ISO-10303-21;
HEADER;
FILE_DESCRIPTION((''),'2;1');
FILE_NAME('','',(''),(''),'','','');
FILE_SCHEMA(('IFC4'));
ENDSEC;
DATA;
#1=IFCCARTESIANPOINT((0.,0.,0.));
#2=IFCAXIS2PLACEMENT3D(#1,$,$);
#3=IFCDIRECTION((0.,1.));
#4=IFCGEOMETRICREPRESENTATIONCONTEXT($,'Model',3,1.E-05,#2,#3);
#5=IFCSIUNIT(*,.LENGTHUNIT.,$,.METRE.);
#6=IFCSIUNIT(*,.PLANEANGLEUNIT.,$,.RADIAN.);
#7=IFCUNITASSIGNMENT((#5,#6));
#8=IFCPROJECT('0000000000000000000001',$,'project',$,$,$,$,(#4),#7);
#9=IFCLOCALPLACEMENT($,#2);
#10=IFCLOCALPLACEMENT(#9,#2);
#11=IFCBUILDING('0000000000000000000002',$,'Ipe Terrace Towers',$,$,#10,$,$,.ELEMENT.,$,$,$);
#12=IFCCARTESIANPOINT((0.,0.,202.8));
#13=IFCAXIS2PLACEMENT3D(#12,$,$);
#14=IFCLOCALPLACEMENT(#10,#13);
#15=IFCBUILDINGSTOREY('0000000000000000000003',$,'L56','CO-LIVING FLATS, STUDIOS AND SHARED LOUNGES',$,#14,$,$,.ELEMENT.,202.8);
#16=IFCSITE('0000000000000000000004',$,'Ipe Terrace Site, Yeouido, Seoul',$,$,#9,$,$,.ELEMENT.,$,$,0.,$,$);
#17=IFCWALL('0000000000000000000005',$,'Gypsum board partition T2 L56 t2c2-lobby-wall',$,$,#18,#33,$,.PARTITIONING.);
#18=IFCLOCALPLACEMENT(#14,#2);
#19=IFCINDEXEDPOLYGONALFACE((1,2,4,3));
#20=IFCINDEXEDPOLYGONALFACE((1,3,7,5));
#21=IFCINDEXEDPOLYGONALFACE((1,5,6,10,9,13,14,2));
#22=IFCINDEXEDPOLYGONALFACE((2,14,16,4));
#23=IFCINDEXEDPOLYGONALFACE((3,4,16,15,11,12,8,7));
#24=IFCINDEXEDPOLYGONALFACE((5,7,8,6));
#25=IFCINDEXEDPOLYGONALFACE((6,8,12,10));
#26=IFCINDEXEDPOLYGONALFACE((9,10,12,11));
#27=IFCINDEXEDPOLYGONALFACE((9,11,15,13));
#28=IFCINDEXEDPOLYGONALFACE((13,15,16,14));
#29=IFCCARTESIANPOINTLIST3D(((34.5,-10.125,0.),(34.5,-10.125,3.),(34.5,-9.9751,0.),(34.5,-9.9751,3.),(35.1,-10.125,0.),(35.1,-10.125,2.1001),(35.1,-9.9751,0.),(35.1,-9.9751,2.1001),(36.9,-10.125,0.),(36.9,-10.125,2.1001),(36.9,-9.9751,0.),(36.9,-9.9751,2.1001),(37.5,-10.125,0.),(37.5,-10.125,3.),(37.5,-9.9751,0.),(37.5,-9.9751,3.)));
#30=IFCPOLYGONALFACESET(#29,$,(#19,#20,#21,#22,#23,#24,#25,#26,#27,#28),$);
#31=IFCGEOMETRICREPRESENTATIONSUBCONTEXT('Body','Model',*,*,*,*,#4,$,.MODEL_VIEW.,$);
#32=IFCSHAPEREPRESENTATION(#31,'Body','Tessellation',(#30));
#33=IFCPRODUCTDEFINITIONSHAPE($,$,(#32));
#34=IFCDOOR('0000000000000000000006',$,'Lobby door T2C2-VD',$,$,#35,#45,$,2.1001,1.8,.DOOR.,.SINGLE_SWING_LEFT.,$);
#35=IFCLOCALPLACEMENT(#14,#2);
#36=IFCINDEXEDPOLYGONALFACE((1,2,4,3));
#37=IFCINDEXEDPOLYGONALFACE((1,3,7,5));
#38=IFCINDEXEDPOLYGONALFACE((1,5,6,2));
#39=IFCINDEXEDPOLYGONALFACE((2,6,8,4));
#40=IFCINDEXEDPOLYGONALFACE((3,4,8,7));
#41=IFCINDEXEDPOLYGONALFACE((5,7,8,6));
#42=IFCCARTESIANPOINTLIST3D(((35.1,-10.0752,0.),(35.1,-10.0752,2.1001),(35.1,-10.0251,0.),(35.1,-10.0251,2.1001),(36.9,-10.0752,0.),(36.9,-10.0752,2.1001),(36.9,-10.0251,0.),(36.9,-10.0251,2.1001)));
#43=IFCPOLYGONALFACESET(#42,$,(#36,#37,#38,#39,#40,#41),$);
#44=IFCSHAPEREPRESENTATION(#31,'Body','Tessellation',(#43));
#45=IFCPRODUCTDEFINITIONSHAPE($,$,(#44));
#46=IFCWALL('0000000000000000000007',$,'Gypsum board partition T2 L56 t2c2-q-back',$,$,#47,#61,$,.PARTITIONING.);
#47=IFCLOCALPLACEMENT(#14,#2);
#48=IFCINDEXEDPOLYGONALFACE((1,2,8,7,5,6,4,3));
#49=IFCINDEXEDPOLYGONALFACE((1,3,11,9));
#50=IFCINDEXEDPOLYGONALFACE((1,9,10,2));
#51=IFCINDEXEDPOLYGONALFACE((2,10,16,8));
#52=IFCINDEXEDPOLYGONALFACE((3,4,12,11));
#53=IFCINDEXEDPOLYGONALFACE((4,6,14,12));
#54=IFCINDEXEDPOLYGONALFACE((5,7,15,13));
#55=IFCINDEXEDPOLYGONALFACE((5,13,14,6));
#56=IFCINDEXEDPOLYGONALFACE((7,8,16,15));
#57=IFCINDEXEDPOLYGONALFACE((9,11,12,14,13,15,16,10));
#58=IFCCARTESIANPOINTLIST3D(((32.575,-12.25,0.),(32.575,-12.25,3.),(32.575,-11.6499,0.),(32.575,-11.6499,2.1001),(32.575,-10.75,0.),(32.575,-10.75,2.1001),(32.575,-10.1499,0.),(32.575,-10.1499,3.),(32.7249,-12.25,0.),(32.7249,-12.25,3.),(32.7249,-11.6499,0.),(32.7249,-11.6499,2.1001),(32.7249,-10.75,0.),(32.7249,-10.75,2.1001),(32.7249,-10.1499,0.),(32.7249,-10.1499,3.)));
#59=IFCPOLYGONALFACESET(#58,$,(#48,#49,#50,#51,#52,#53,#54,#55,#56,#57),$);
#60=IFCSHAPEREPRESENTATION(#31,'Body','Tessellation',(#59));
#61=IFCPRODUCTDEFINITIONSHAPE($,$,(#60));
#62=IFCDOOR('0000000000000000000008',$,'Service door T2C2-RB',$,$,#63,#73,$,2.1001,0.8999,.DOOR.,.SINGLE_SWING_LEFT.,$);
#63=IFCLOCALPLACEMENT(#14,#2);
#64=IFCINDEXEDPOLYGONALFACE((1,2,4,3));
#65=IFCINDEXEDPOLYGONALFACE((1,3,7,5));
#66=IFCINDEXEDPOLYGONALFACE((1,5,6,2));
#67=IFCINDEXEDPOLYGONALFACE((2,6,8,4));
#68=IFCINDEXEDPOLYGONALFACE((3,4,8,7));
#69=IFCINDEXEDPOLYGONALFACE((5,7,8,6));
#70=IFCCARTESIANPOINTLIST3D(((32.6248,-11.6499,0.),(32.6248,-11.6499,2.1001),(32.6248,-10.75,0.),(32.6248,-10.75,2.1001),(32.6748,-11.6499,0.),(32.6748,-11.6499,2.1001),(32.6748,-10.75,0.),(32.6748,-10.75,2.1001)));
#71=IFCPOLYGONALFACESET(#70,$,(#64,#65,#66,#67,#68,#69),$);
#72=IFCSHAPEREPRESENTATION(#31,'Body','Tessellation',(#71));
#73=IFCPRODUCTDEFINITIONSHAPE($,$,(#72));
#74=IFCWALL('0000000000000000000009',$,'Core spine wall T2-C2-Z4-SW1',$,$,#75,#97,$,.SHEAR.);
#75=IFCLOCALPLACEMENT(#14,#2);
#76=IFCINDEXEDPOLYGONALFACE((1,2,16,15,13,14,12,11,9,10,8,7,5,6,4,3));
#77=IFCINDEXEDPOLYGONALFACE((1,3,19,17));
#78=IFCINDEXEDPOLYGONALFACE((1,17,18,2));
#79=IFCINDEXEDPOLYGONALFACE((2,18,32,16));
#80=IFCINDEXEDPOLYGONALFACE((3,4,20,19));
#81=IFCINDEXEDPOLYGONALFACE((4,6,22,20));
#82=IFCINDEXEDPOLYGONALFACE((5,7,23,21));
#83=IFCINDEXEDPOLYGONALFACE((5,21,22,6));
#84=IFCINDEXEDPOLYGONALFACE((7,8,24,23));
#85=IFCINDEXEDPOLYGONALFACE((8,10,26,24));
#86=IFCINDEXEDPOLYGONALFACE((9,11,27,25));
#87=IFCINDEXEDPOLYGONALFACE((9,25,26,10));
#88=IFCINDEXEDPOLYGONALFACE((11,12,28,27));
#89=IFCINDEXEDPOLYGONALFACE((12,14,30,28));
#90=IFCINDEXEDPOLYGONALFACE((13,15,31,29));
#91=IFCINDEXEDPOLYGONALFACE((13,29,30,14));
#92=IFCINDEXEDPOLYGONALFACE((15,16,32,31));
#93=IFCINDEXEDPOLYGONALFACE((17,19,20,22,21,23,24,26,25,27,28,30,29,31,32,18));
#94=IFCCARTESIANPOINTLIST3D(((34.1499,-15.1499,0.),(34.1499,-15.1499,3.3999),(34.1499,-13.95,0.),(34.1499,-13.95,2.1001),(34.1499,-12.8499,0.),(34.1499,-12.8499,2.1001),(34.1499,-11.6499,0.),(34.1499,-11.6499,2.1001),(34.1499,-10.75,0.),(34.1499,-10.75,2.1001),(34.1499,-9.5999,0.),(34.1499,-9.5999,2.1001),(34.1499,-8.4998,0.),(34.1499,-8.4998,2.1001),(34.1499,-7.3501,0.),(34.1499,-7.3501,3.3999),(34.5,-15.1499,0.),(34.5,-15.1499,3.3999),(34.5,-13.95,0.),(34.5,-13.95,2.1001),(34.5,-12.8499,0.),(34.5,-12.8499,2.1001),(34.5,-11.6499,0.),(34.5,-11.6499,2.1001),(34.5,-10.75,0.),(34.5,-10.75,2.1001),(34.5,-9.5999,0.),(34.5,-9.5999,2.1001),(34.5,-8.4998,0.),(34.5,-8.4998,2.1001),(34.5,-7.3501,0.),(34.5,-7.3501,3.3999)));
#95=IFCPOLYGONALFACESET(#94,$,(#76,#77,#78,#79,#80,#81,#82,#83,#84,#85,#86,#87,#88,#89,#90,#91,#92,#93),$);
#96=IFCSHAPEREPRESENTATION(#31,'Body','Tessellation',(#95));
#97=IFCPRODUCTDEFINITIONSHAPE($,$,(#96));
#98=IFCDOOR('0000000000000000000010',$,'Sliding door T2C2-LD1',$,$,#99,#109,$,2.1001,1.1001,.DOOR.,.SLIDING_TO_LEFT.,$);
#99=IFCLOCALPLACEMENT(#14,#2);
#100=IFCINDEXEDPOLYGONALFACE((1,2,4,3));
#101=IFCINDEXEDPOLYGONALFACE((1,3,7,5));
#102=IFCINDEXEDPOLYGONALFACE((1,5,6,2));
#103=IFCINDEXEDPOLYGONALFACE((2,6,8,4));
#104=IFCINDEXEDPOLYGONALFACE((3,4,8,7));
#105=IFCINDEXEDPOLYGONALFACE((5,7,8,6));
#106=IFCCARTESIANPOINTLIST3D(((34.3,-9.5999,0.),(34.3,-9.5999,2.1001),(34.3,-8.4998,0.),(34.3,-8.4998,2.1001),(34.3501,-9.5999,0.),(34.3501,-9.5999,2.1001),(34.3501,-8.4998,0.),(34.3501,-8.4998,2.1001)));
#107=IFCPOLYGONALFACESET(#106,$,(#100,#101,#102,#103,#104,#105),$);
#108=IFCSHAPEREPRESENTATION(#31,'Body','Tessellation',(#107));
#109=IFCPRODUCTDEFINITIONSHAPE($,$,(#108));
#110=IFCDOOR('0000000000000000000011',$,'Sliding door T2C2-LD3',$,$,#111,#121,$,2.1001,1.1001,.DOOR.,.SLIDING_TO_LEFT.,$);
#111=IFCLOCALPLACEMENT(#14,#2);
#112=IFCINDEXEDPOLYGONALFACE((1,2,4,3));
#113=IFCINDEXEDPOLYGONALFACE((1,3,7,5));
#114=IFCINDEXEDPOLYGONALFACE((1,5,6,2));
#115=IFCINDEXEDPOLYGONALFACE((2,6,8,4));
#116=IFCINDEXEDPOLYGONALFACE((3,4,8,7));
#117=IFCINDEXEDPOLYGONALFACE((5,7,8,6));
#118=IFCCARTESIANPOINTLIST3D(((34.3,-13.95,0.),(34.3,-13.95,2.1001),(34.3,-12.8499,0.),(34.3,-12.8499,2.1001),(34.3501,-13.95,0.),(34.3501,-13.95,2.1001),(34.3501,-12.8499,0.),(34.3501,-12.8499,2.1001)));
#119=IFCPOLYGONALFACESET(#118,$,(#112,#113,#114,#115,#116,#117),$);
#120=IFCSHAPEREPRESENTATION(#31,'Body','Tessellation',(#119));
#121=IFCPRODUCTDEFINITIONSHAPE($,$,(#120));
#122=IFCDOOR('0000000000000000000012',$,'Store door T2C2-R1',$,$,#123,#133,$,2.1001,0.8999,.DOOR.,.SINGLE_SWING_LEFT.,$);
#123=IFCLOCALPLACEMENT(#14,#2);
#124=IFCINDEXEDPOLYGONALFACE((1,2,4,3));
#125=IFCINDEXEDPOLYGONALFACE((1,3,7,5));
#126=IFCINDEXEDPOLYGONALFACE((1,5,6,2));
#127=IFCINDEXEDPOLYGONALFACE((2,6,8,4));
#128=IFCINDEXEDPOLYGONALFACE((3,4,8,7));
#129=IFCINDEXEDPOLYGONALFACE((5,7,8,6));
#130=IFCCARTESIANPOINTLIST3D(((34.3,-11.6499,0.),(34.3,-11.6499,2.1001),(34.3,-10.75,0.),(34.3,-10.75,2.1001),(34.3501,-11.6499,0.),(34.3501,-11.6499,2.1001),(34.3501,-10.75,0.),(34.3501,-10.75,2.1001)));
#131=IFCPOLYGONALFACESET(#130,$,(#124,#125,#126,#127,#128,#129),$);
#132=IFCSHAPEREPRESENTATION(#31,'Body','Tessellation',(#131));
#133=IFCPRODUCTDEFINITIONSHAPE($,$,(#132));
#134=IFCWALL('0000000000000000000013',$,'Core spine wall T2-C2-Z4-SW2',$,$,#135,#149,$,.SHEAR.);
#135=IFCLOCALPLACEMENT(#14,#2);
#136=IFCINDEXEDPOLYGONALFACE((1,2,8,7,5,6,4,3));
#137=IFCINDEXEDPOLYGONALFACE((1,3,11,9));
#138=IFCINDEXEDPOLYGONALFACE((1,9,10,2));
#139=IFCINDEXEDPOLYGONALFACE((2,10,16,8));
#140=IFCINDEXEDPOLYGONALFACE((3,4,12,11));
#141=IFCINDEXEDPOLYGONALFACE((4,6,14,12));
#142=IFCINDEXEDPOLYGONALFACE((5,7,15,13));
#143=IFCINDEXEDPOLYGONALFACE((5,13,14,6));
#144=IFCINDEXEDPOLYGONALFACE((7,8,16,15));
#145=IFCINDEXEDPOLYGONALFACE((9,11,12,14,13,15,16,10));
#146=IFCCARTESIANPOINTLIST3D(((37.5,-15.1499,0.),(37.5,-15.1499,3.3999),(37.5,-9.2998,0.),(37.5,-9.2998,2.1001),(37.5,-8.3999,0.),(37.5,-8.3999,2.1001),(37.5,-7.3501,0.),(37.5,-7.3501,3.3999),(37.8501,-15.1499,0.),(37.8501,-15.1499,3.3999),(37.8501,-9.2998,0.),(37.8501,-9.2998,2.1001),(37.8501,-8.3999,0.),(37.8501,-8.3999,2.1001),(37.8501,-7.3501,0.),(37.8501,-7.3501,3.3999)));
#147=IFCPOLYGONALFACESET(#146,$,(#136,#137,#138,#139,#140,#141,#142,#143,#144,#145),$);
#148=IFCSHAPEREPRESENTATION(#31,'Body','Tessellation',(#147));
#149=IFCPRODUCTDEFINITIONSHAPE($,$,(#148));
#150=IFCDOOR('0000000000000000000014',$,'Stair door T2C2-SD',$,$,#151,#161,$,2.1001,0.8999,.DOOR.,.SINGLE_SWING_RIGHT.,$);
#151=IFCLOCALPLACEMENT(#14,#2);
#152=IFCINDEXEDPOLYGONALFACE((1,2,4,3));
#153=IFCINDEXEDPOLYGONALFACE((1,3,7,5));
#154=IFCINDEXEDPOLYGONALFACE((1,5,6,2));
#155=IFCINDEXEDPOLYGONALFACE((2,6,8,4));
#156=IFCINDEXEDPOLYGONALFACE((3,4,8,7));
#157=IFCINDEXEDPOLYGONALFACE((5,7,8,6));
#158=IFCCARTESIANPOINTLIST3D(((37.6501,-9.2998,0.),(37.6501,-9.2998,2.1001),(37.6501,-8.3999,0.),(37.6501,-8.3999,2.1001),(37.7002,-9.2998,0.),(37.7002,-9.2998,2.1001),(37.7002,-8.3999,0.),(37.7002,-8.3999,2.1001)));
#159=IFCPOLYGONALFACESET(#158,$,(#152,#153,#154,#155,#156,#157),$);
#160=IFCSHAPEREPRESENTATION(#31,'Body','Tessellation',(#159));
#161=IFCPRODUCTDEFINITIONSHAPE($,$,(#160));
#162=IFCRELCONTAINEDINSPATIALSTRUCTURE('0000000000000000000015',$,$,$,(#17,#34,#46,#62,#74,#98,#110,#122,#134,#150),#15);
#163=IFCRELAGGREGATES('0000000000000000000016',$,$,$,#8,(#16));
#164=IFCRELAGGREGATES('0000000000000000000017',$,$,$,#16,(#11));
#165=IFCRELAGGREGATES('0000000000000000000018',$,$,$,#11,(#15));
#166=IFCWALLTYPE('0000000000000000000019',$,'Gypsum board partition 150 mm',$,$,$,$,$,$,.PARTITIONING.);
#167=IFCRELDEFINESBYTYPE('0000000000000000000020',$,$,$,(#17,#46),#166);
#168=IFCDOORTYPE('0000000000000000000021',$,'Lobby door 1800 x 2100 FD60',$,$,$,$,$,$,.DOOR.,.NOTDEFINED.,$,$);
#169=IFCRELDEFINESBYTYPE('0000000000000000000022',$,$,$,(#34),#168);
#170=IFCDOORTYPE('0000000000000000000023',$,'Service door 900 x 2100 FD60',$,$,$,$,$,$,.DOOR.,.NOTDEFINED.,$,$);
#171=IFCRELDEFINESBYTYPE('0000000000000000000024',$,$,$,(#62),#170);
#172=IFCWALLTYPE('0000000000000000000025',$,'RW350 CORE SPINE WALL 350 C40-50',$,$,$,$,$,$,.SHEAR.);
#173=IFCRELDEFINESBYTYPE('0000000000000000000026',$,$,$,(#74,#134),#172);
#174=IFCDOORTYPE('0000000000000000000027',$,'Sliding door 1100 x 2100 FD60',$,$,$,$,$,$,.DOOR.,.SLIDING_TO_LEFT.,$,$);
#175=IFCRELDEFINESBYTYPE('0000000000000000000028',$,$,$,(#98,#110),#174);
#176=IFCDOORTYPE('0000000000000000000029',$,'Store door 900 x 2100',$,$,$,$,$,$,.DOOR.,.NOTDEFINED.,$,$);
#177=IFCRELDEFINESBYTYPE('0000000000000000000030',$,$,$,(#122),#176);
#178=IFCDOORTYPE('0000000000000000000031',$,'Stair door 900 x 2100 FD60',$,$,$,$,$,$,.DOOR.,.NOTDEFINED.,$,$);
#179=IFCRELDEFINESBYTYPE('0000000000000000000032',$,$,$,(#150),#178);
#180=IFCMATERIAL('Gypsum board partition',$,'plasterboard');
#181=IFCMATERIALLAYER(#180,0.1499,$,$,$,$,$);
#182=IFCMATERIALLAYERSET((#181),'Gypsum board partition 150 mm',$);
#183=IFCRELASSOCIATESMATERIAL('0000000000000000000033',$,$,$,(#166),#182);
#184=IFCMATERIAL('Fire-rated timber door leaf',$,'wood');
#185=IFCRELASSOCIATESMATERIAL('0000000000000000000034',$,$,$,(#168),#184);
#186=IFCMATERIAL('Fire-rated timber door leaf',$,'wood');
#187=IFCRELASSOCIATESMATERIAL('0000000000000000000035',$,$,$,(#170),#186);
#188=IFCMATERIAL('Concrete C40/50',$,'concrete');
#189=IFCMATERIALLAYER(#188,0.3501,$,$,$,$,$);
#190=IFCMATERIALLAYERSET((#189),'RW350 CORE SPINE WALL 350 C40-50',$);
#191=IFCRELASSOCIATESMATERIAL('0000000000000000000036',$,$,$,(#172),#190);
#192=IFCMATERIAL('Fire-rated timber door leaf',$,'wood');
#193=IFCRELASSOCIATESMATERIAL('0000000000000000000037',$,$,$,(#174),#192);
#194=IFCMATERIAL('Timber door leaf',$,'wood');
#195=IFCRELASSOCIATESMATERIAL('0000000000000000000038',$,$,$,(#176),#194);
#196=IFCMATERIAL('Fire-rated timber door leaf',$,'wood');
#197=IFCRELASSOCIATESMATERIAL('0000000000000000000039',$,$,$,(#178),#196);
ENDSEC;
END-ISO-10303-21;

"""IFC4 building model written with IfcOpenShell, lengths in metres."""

from ifc_helpers import new_model, si_unit, direction, frame, frame_2d, origin, place, context, subcontext, project, spatial, rectangle, extrude, material, layer, layer_set, type_object, element, fill, save


model = new_model("IFC4")

# Units and contexts
model_context = context("Model", 3, precision=1e-05, world=origin(), true_north=direction((0.0, 1.0)))
body_context = subcontext(model_context, "Body", "Model", "MODEL_VIEW")
ifc_project = project(units=[si_unit("LENGTHUNIT", "METRE"), si_unit("PLANEANGLEUNIT", "RADIAN")], contexts=[model_context])

# Site, building, storey
site_placement = place(None, origin())
site = spatial("IfcSite", under=ifc_project, at=site_placement, Name="Ipe Terrace Site, Yeouido, Seoul", CompositionType="ELEMENT", RefElevation=0.0)
building_placement = place(site_placement, origin())
building = spatial("IfcBuilding", under=site, at=building_placement, Name="Ipe Terrace Towers", CompositionType="ELEMENT")
storey_placement = place(building_placement, frame((0.0, 0.0, 202.8)))
storey = spatial("IfcBuildingStorey", under=building, at=storey_placement, Name="L56", Description="CO-LIVING FLATS, STUDIOS AND SHARED LOUNGES", CompositionType="ELEMENT", Elevation=202.8)

# Walls, openings, doors
ifc_material_1 = material(Name="Gypsum board partition", Category="plasterboard")
ifc_layer_1 = layer(ifc_material_1, 0.1499)
ifc_layer_set_1 = layer_set([ifc_layer_1], Name="Gypsum board partition 150 mm")
wall_type_1 = type_object("IfcWallType", Name="Gypsum board partition 150 mm", PredefinedType="PARTITIONING", material=ifc_layer_set_1)
wall_1_placement = place(storey_placement, frame((34.5, -10.05, 0.0), z_axis=(0.0, 0.0, 1.0), x_axis=(1.0, 0.0, 0.0)))
wall_1 = element("IfcWall", 1, at=wall_1_placement, inside=storey, type_object=wall_type_1, Name="Gypsum board partition T2 L56 t2c2-lobby-wall", PredefinedType="PARTITIONING", context=body_context, shape_type="SweptSolid", body=[
    extrude(rectangle(XDim=3.0, YDim=0.1499, at=frame_2d((1.5, 0.0))), origin(), (0.0, 0.0, 1.0), 3.0),
])
opening_1_placement = place(wall_1_placement, frame((0.6001, 0.0, 0.0)))
opening_1 = element("IfcOpeningElement", 2, at=opening_1_placement, cuts=wall_1, PredefinedType="OPENING", context=body_context, shape_type="SweptSolid", body=[
    extrude(rectangle(XDim=1.8, YDim=2.1001, at=frame_2d((0.8999, 1.05))), frame((0.0, 0.085, 0.0), z_axis=(0.0, -1.0, 0.0), x_axis=(1.0, 0.0, 0.0)), (0.0, 0.0, 1.0), 0.1699),
])
ifc_material_2 = material(Name="Fire-rated timber door leaf", Category="wood")
door_type_1 = type_object("IfcDoorType", Name="Lobby door 1800 x 2100 FD60", OperationType="NOTDEFINED", PredefinedType="DOOR", material=ifc_material_2)
door_1_placement = place(opening_1_placement, origin())
door_1 = element("IfcDoor", 3, at=door_1_placement, inside=storey, type_object=door_type_1, Name="Lobby door T2C2-VD", OperationType="SINGLE_SWING_LEFT", OverallHeight=2.1001, OverallWidth=1.8, PredefinedType="DOOR", context=body_context, shape_type="SweptSolid", body=[
    extrude(rectangle(XDim=1.8, YDim=2.1001, at=frame_2d((0.8999, 1.05))), frame((0.0, 0.0249, 0.0), z_axis=(0.0, -1.0, 0.0), x_axis=(1.0, 0.0, 0.0)), (0.0, 0.0, 1.0), 0.05),
])
fill(opening_1, door_1)
wall_2_placement = place(storey_placement, frame((32.6499, -10.1499, 0.0), z_axis=(0.0, 0.0, 1.0), x_axis=(0.0, -1.0, 0.0)))
wall_2 = element("IfcWall", 4, at=wall_2_placement, inside=storey, type_object=wall_type_1, Name="Gypsum board partition T2 L56 t2c2-q-back", PredefinedType="PARTITIONING", context=body_context, shape_type="SweptSolid", body=[
    extrude(rectangle(XDim=2.1001, YDim=0.1499, at=frame_2d((1.05, 0.0))), origin(), (0.0, 0.0, 1.0), 3.0),
])
opening_2_placement = place(wall_2_placement, frame((0.6001, 0.0, 0.0)))
opening_2 = element("IfcOpeningElement", 5, at=opening_2_placement, cuts=wall_2, PredefinedType="OPENING", context=body_context, shape_type="SweptSolid", body=[
    extrude(rectangle(XDim=0.8999, YDim=2.1001, at=frame_2d((0.45, 1.05))), frame((0.0, 0.085, 0.0), z_axis=(0.0, -1.0, 0.0), x_axis=(1.0, 0.0, 0.0)), (0.0, 0.0, 1.0), 0.1699),
])
ifc_material_3 = material(Name="Fire-rated timber door leaf", Category="wood")
door_type_2 = type_object("IfcDoorType", Name="Service door 900 x 2100 FD60", OperationType="NOTDEFINED", PredefinedType="DOOR", material=ifc_material_3)
door_2_placement = place(opening_2_placement, origin())
door_2 = element("IfcDoor", 6, at=door_2_placement, inside=storey, type_object=door_type_2, Name="Service door T2C2-RB", OperationType="SINGLE_SWING_LEFT", OverallHeight=2.1001, OverallWidth=0.8999, PredefinedType="DOOR", context=body_context, shape_type="SweptSolid", body=[
    extrude(rectangle(XDim=0.8999, YDim=2.1001, at=frame_2d((0.45, 1.05))), frame((0.0, 0.0249, 0.0), z_axis=(0.0, -1.0, 0.0), x_axis=(1.0, 0.0, 0.0)), (0.0, 0.0, 1.0), 0.05),
])
fill(opening_2, door_2)

# Wall, openings, doors
ifc_material_4 = material(Name="Concrete C40/50", Category="concrete")
ifc_layer_2 = layer(ifc_material_4, 0.3501)
ifc_layer_set_2 = layer_set([ifc_layer_2], Name="RW350 CORE SPINE WALL 350 C40-50")
wall_type_2 = type_object("IfcWallType", Name="RW350 CORE SPINE WALL 350 C40-50", PredefinedType="SHEAR", material=ifc_layer_set_2)
wall_3_placement = place(storey_placement, frame((34.325, -15.1499, 0.0), z_axis=(0.0, 0.0, 1.0), x_axis=(0.0, 1.0, 0.0)))
wall_3 = element("IfcWall", 7, at=wall_3_placement, inside=storey, type_object=wall_type_2, Name="Core spine wall T2-C2-Z4-SW1", PredefinedType="SHEAR", context=body_context, shape_type="SweptSolid", body=[
    extrude(rectangle(XDim=7.7998, YDim=0.3501, at=frame_2d((3.8999, 0.0))), origin(), (0.0, 0.0, 1.0), 3.3999),
])
opening_3_placement = place(wall_3_placement, frame((5.55, 0.0, 0.0)))
opening_3 = element("IfcOpeningElement", 8, at=opening_3_placement, cuts=wall_3, PredefinedType="OPENING", context=body_context, shape_type="SweptSolid", body=[
    extrude(rectangle(XDim=1.1001, YDim=2.1001, at=frame_2d((0.55, 1.05))), frame((0.0, 0.1851, 0.0), z_axis=(0.0, -1.0, 0.0), x_axis=(1.0, 0.0, 0.0)), (0.0, 0.0, 1.0), 0.3701),
])
opening_4_placement = place(wall_3_placement, frame((1.2, 0.0, 0.0)))
opening_4 = element("IfcOpeningElement", 9, at=opening_4_placement, cuts=wall_3, PredefinedType="OPENING", context=body_context, shape_type="SweptSolid", body=[
    extrude(rectangle(XDim=1.1001, YDim=2.1001, at=frame_2d((0.55, 1.05))), frame((0.0, 0.1851, 0.0), z_axis=(0.0, -1.0, 0.0), x_axis=(1.0, 0.0, 0.0)), (0.0, 0.0, 1.0), 0.3701),
])
opening_5_placement = place(wall_3_placement, frame((3.5, 0.0, 0.0)))
opening_5 = element("IfcOpeningElement", 10, at=opening_5_placement, cuts=wall_3, PredefinedType="OPENING", context=body_context, shape_type="SweptSolid", body=[
    extrude(rectangle(XDim=0.8999, YDim=2.1001, at=frame_2d((0.45, 1.05))), frame((0.0, 0.1851, 0.0), z_axis=(0.0, -1.0, 0.0), x_axis=(1.0, 0.0, 0.0)), (0.0, 0.0, 1.0), 0.3701),
])
ifc_material_5 = material(Name="Fire-rated timber door leaf", Category="wood")
door_type_3 = type_object("IfcDoorType", Name="Sliding door 1100 x 2100 FD60", OperationType="SLIDING_TO_LEFT", PredefinedType="DOOR", material=ifc_material_5)
door_3_placement = place(opening_3_placement, origin())
door_3 = element("IfcDoor", 11, at=door_3_placement, inside=storey, type_object=door_type_3, Name="Sliding door T2C2-LD1", OperationType="SLIDING_TO_LEFT", OverallHeight=2.1001, OverallWidth=1.1001, PredefinedType="DOOR", context=body_context, shape_type="SweptSolid", body=[
    extrude(rectangle(XDim=1.1001, YDim=2.1001, at=frame_2d((0.55, 1.05))), frame((0.0, 0.0249, 0.0), z_axis=(0.0, -1.0, 0.0), x_axis=(1.0, 0.0, 0.0)), (0.0, 0.0, 1.0), 0.05),
])
fill(opening_3, door_3)
door_4_placement = place(opening_4_placement, origin())
door_4 = element("IfcDoor", 12, at=door_4_placement, inside=storey, type_object=door_type_3, Name="Sliding door T2C2-LD3", OperationType="SLIDING_TO_LEFT", OverallHeight=2.1001, OverallWidth=1.1001, PredefinedType="DOOR", context=body_context, shape_type="SweptSolid", body=[
    extrude(rectangle(XDim=1.1001, YDim=2.1001, at=frame_2d((0.55, 1.05))), frame((0.0, 0.0249, 0.0), z_axis=(0.0, -1.0, 0.0), x_axis=(1.0, 0.0, 0.0)), (0.0, 0.0, 1.0), 0.05),
])
fill(opening_4, door_4)
ifc_material_6 = material(Name="Timber door leaf", Category="wood")
door_type_4 = type_object("IfcDoorType", Name="Store door 900 x 2100", OperationType="NOTDEFINED", PredefinedType="DOOR", material=ifc_material_6)
door_5_placement = place(opening_5_placement, origin())
door_5 = element("IfcDoor", 13, at=door_5_placement, inside=storey, type_object=door_type_4, Name="Store door T2C2-R1", OperationType="SINGLE_SWING_LEFT", OverallHeight=2.1001, OverallWidth=0.8999, PredefinedType="DOOR", context=body_context, shape_type="SweptSolid", body=[
    extrude(rectangle(XDim=0.8999, YDim=2.1001, at=frame_2d((0.45, 1.05))), frame((0.0, 0.0249, 0.0), z_axis=(0.0, -1.0, 0.0), x_axis=(1.0, 0.0, 0.0)), (0.0, 0.0, 1.0), 0.05),
])
fill(opening_5, door_5)

# Wall, opening, door
wall_4_placement = place(storey_placement, frame((37.675, -15.1499, 0.0), z_axis=(0.0, 0.0, 1.0), x_axis=(0.0, 1.0, 0.0)))
wall_4 = element("IfcWall", 14, at=wall_4_placement, inside=storey, type_object=wall_type_2, Name="Core spine wall T2-C2-Z4-SW2", PredefinedType="SHEAR", context=body_context, shape_type="SweptSolid", body=[
    extrude(rectangle(XDim=7.7998, YDim=0.3501, at=frame_2d((3.8999, 0.0))), origin(), (0.0, 0.0, 1.0), 3.3999),
])
opening_6_placement = place(wall_4_placement, frame((5.8501, 0.0, 0.0)))
opening_6 = element("IfcOpeningElement", 15, at=opening_6_placement, cuts=wall_4, PredefinedType="OPENING", context=body_context, shape_type="SweptSolid", body=[
    extrude(rectangle(XDim=0.8999, YDim=2.1001, at=frame_2d((0.45, 1.05))), frame((0.0, 0.1851, 0.0), z_axis=(0.0, -1.0, 0.0), x_axis=(1.0, 0.0, 0.0)), (0.0, 0.0, 1.0), 0.3701),
])
ifc_material_7 = material(Name="Fire-rated timber door leaf", Category="wood")
door_type_5 = type_object("IfcDoorType", Name="Stair door 900 x 2100 FD60", OperationType="NOTDEFINED", PredefinedType="DOOR", material=ifc_material_7)
door_6_placement = place(opening_6_placement, origin())
door_6 = element("IfcDoor", 16, at=door_6_placement, inside=storey, type_object=door_type_5, Name="Stair door T2C2-SD", OperationType="SINGLE_SWING_RIGHT", OverallHeight=2.1001, OverallWidth=0.8999, PredefinedType="DOOR", context=body_context, shape_type="SweptSolid", body=[
    extrude(rectangle(XDim=0.8999, YDim=2.1001, at=frame_2d((0.45, 1.05))), frame((0.0, 0.0249, 0.0), z_axis=(0.0, -1.0, 0.0), x_axis=(1.0, 0.0, 0.0)), (0.0, 0.0, 1.0), 0.05),
])
fill(opening_6, door_6)

save(model, "model.ifc")
